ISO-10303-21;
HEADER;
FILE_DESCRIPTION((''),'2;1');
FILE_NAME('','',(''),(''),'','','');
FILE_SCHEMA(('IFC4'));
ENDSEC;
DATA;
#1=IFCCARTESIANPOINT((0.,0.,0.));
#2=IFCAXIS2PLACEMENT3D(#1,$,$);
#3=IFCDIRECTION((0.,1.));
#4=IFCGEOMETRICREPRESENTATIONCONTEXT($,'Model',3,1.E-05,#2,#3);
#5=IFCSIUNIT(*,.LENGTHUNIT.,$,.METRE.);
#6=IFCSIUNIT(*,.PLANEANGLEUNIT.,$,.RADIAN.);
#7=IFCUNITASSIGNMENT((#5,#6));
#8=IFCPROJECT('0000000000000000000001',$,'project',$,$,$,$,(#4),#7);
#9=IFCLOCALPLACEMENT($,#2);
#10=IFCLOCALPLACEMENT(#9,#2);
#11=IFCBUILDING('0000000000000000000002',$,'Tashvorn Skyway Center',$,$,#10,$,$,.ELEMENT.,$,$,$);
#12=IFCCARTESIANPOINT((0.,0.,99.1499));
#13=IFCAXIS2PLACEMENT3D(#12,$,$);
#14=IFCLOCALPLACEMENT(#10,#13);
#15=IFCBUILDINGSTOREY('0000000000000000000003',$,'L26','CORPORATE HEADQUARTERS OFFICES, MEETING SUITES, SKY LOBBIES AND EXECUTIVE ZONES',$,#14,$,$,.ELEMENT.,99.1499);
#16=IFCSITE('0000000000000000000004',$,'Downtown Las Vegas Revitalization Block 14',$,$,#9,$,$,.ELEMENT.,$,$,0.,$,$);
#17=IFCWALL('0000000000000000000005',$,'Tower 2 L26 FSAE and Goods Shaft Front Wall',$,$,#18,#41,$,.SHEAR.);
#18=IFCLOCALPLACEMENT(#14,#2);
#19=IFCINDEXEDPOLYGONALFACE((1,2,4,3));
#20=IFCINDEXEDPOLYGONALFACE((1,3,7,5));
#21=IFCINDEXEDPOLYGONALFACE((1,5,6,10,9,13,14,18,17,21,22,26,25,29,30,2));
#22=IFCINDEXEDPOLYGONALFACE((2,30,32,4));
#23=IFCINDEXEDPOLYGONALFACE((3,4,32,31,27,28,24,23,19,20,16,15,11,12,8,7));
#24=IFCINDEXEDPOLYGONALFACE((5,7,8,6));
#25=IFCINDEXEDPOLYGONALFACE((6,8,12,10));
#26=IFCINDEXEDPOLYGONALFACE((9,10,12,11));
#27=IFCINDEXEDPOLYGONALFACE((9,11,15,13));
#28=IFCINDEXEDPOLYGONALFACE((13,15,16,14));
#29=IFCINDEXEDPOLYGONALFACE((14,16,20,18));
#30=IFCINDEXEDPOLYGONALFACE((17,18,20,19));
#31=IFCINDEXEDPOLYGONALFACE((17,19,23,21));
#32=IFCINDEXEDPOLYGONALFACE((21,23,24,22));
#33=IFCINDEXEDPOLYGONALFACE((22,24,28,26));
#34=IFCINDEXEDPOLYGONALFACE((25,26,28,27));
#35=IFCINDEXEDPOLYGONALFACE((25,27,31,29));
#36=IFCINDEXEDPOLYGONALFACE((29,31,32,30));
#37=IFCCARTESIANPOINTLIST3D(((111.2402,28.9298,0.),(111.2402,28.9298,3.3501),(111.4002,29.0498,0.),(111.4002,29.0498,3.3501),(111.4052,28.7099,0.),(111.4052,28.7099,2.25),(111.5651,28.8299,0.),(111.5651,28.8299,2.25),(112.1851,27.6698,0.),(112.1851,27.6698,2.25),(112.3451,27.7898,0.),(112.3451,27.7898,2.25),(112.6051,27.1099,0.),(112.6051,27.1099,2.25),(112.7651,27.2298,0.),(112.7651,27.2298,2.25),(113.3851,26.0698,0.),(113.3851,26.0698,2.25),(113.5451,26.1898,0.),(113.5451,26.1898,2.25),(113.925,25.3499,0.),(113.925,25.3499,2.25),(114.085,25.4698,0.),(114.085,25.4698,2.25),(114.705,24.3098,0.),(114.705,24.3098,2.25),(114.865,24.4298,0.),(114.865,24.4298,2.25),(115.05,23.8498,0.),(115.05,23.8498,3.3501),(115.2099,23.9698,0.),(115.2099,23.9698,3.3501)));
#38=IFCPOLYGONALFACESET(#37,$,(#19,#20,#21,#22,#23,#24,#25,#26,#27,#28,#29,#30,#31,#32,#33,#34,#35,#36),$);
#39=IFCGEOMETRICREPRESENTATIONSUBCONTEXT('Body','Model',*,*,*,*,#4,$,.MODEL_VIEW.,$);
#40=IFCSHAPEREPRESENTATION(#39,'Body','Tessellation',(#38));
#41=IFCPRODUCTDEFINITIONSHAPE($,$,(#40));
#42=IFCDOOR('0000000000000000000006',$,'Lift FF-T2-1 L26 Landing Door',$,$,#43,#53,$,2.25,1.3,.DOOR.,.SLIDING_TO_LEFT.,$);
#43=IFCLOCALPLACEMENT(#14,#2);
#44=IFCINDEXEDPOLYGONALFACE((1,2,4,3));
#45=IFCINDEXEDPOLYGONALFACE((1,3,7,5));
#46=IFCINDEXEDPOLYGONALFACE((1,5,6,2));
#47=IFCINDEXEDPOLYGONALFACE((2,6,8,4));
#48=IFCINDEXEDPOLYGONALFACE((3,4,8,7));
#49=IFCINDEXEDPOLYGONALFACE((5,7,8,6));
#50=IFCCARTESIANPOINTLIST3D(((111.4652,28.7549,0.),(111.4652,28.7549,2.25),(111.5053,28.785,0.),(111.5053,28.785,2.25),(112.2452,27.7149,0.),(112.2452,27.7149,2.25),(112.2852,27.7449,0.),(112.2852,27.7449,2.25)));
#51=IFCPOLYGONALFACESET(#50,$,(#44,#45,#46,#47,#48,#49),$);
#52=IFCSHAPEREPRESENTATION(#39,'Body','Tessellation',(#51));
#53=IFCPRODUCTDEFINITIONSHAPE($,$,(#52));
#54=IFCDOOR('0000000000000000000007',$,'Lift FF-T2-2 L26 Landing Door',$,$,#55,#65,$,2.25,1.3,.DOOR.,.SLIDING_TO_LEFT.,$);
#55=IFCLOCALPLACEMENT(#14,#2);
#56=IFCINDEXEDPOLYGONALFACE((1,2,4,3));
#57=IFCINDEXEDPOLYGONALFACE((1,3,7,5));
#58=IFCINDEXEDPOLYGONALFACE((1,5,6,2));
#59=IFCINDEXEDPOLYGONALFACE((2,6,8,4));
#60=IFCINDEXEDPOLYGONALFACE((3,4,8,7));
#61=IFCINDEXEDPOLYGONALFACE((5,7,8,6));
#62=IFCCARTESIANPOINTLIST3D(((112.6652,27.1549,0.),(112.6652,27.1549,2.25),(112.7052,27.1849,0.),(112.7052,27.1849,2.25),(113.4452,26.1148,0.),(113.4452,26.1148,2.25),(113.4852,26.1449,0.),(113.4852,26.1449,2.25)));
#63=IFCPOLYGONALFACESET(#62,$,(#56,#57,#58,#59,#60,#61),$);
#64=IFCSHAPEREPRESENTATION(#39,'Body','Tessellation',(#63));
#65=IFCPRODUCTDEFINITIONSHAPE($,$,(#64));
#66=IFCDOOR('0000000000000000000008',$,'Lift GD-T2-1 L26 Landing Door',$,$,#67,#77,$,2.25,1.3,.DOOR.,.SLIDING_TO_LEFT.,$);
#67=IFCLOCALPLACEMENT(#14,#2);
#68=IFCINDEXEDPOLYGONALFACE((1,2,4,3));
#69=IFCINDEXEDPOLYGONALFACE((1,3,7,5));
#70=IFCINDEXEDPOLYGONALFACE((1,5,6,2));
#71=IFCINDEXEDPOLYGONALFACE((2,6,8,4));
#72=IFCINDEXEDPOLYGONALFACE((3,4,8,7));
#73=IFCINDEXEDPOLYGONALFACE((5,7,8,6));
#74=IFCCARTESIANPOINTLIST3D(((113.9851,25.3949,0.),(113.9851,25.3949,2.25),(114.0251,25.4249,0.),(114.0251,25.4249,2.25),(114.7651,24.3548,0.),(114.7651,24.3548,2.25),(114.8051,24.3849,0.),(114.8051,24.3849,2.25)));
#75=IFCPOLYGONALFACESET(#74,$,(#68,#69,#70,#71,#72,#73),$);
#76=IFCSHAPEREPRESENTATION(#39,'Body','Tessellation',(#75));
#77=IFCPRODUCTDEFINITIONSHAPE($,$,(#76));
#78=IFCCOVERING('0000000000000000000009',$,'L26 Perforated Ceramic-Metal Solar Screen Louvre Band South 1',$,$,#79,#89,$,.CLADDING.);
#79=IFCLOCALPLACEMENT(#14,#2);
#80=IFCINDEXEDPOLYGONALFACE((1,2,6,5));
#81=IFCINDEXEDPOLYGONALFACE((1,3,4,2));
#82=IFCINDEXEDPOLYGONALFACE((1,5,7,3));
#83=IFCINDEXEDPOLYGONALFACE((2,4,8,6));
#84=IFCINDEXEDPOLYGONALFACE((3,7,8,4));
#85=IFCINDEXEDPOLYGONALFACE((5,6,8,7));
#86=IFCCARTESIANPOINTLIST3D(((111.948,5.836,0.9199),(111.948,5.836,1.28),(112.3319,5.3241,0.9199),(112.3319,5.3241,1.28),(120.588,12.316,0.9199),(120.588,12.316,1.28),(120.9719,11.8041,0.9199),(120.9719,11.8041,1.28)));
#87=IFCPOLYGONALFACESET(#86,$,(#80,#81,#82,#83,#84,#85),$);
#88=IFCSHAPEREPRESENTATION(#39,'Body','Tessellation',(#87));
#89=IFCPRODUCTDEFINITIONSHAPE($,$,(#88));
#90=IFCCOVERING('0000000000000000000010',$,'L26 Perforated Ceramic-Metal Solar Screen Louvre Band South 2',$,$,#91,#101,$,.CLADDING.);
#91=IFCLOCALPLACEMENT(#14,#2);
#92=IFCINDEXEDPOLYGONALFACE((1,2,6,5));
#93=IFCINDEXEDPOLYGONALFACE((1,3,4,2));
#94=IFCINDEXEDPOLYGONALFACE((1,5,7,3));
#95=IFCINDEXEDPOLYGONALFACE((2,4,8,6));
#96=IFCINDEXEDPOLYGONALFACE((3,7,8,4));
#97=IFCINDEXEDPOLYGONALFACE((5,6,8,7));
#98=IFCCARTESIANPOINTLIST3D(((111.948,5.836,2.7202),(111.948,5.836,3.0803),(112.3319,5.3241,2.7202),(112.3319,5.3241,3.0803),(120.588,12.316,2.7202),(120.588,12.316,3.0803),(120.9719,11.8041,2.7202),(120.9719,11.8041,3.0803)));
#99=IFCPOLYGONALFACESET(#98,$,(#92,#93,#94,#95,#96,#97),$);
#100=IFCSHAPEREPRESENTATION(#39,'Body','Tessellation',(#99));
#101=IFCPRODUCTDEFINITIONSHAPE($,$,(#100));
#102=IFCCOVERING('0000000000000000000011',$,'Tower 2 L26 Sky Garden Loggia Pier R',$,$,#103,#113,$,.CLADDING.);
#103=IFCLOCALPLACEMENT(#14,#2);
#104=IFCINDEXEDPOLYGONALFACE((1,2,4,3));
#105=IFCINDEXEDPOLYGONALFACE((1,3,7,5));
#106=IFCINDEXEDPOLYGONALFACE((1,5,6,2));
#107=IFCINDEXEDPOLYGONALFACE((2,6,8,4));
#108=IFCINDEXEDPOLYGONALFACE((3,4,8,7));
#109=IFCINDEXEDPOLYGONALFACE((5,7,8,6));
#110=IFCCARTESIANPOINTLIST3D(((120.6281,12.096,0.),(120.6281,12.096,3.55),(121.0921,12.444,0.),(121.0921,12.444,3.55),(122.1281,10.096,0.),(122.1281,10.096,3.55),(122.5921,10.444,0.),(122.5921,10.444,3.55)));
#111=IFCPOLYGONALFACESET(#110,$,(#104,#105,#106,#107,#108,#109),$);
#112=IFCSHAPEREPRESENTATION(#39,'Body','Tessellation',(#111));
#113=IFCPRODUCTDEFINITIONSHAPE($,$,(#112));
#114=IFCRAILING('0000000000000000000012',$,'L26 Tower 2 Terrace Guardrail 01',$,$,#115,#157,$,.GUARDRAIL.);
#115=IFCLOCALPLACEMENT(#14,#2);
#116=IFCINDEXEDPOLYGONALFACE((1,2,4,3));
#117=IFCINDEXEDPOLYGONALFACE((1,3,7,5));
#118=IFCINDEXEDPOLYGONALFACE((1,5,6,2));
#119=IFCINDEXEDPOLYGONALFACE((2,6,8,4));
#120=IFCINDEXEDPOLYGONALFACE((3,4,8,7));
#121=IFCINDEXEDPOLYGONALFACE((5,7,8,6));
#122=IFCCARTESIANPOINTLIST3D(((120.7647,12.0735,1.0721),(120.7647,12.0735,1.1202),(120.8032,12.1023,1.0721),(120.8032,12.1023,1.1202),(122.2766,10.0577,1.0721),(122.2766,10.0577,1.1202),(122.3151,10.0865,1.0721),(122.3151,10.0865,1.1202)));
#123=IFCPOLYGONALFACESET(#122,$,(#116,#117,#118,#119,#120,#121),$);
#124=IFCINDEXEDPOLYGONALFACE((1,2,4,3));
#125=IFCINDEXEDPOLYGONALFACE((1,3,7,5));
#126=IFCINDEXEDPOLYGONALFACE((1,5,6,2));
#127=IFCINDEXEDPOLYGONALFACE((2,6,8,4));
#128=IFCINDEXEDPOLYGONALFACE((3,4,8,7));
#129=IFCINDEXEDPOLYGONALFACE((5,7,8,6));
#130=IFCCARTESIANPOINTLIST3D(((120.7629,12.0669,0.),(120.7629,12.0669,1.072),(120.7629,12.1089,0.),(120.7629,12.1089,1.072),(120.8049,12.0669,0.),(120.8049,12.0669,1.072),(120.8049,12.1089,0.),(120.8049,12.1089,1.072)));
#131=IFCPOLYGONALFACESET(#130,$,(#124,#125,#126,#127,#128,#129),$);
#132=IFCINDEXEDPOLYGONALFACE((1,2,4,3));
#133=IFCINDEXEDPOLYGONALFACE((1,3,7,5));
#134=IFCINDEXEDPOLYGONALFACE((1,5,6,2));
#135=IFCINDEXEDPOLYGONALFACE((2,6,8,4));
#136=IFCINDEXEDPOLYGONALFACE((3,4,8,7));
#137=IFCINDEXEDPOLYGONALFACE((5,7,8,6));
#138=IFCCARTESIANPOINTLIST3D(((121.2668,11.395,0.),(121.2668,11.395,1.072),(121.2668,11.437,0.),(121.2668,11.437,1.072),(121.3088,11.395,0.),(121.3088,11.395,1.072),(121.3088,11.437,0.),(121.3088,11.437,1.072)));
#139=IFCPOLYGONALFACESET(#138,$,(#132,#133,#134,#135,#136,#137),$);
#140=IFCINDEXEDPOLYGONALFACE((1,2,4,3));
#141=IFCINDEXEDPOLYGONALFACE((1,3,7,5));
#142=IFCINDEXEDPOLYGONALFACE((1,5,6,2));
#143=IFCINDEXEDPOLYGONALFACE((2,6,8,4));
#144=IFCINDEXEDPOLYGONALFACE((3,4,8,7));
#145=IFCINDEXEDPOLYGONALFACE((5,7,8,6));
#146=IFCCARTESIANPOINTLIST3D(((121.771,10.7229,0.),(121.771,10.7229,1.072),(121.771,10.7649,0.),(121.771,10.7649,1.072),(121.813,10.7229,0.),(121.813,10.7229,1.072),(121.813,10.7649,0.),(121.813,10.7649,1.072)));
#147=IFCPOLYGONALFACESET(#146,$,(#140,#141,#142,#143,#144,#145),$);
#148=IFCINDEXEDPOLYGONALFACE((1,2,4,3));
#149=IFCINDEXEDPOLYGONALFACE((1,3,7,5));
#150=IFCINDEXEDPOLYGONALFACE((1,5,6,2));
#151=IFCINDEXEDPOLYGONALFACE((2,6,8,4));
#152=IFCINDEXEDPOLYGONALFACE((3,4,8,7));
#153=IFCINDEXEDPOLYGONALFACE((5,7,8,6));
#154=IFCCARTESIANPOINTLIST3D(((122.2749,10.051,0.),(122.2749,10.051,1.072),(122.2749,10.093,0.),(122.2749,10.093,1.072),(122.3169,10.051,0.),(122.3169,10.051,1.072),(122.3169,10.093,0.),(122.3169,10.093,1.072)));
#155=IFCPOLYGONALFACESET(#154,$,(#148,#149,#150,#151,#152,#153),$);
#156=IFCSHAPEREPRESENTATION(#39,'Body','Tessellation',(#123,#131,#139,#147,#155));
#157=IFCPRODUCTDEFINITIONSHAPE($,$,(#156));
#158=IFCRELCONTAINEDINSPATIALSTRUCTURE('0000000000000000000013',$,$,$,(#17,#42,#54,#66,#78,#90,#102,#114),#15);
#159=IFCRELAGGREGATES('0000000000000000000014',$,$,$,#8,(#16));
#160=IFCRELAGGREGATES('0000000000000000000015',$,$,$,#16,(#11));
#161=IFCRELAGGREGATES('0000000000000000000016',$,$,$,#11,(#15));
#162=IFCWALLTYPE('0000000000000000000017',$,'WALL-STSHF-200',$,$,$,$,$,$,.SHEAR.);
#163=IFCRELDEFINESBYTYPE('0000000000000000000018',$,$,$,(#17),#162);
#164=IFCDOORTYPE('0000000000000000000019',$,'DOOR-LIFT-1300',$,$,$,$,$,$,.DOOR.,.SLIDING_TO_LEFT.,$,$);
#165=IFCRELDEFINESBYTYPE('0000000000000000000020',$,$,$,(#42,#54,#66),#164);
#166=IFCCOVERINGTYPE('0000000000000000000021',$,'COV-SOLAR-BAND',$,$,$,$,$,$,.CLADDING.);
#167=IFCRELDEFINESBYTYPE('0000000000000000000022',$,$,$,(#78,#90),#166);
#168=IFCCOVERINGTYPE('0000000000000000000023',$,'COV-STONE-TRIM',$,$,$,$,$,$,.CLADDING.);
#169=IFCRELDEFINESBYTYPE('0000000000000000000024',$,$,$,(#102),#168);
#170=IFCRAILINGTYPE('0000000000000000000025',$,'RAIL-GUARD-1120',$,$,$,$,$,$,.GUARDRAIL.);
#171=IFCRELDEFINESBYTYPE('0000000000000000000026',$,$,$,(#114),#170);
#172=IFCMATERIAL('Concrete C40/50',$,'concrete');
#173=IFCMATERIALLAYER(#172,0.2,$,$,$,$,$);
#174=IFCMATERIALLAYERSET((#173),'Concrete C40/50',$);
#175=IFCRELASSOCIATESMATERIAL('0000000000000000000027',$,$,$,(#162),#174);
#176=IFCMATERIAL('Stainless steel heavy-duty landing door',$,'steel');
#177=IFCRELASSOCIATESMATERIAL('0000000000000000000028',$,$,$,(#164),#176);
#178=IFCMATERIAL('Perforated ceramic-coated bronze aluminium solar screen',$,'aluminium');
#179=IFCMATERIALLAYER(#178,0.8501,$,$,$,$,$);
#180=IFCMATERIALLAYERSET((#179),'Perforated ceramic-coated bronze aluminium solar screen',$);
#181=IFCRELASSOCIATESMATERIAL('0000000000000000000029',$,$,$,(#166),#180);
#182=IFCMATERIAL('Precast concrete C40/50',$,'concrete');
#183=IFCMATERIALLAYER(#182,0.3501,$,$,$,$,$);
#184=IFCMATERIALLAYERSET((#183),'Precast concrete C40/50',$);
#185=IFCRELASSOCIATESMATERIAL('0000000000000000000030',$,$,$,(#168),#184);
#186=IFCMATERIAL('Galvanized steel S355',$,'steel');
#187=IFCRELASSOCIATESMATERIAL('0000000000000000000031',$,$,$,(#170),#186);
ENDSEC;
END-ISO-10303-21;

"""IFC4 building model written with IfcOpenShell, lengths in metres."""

from ifc_helpers import new_model, si_unit, direction, frame, frame_2d, origin, origin_2d, place, context, subcontext, project, spatial, rectangle, extrude, material, layer, layer_set, type_object, element, fill, save


model = new_model("IFC4")

# Units and contexts
model_context = context("Model", 3, precision=1e-05, world=origin(), true_north=direction((0.0, 1.0)))
body_context = subcontext(model_context, "Body", "Model", "MODEL_VIEW")
ifc_project = project(units=[si_unit("LENGTHUNIT", "METRE"), si_unit("PLANEANGLEUNIT", "RADIAN")], contexts=[model_context])

# Site, building, storey
site_placement = place(None, origin())
site = spatial("IfcSite", under=ifc_project, at=site_placement, Name="Downtown Las Vegas Revitalization Block 14", CompositionType="ELEMENT", RefElevation=0.0)
building_placement = place(site_placement, origin())
building = spatial("IfcBuilding", under=site, at=building_placement, Name="Tashvorn Skyway Center", CompositionType="ELEMENT")
storey_placement = place(building_placement, frame((0.0, 0.0, 99.1499)))
storey = spatial("IfcBuildingStorey", under=building, at=storey_placement, Name="L26", Description="CORPORATE HEADQUARTERS OFFICES, MEETING SUITES, SKY LOBBIES AND EXECUTIVE ZONES", CompositionType="ELEMENT", Elevation=99.1499)

# Wall, openings, doors
ifc_material_1 = material(Name="Concrete C40/50", Category="concrete")
ifc_layer_1 = layer(ifc_material_1, 0.2)
ifc_layer_set_1 = layer_set([ifc_layer_1], Name="Concrete C40/50")
wall_type = type_object("IfcWallType", Name="WALL-STSHF-200", PredefinedType="SHEAR", material=ifc_layer_set_1)
wall_placement = place(storey_placement, frame((115.1299, 23.9099, 0.0), z_axis=(0.0, 0.0, 1.0), x_axis=(-0.599975, 0.800018, 0.0)))
wall = element("IfcWall", 1, at=wall_placement, inside=storey, type_object=wall_type, Name="Tower 2 L26 FSAE and Goods Shaft Front Wall", PredefinedType="SHEAR", context=body_context, shape_type="SweptSolid", body=[
    extrude(rectangle(XDim=6.3499, YDim=0.2, at=frame_2d((3.1748, 0.0))), origin(), (0.0, 0.0, 1.0), 3.3501),
])
opening_1_placement = place(wall_placement, frame((4.7749, 0.0, 0.0)))
opening_1 = element("IfcOpeningElement", 2, at=opening_1_placement, cuts=wall, PredefinedType="OPENING", context=body_context, shape_type="SweptSolid", body=[
    extrude(rectangle(XDim=1.3, YDim=2.25, at=frame_2d((0.6499, 1.125))), frame((0.0, 0.1099, 0.0), z_axis=(0.0, -1.0, 0.0), x_axis=(1.0, 0.0, 0.0)), (0.0, 0.0, 1.0), 0.22),
])
opening_2_placement = place(wall_placement, frame((2.7749, 0.0, 0.0)))
opening_2 = element("IfcOpeningElement", 3, at=opening_2_placement, cuts=wall, PredefinedType="OPENING", context=body_context, shape_type="SweptSolid", body=[
    extrude(rectangle(XDim=1.3, YDim=2.25, at=frame_2d((0.6499, 1.125))), frame((0.0, 0.1099, 0.0), z_axis=(0.0, -1.0, 0.0), x_axis=(1.0, 0.0, 0.0)), (0.0, 0.0, 1.0), 0.22),
])
opening_3_placement = place(wall_placement, frame((0.575, 0.0, 0.0)))
opening_3 = element("IfcOpeningElement", 4, at=opening_3_placement, cuts=wall, PredefinedType="OPENING", context=body_context, shape_type="SweptSolid", body=[
    extrude(rectangle(XDim=1.3, YDim=2.25, at=frame_2d((0.6499, 1.125))), frame((0.0, 0.1099, 0.0), z_axis=(0.0, -1.0, 0.0), x_axis=(1.0, 0.0, 0.0)), (0.0, 0.0, 1.0), 0.22),
])
ifc_material_2 = material(Name="Stainless steel heavy-duty landing door", Category="steel")
door_type = type_object("IfcDoorType", Name="DOOR-LIFT-1300", OperationType="SLIDING_TO_LEFT", PredefinedType="DOOR", material=ifc_material_2)
door_1_placement = place(opening_1_placement, origin())
door_1 = element("IfcDoor", 5, at=door_1_placement, inside=storey, type_object=door_type, Name="Lift FF-T2-1 L26 Landing Door", OperationType="SLIDING_TO_LEFT", OverallHeight=2.25, OverallWidth=1.3, PredefinedType="DOOR", context=body_context, shape_type="SweptSolid", body=[
    extrude(rectangle(XDim=1.3, YDim=2.25, at=frame_2d((0.6499, 1.125))), frame((0.0, 0.0249, 0.0), z_axis=(0.0, -1.0, 0.0), x_axis=(1.0, 0.0, 0.0)), (0.0, 0.0, 1.0), 0.05),
])
fill(opening_1, door_1)
door_2_placement = place(opening_2_placement, origin())
door_2 = element("IfcDoor", 6, at=door_2_placement, inside=storey, type_object=door_type, Name="Lift FF-T2-2 L26 Landing Door", OperationType="SLIDING_TO_LEFT", OverallHeight=2.25, OverallWidth=1.3, PredefinedType="DOOR", context=body_context, shape_type="SweptSolid", body=[
    extrude(rectangle(XDim=1.3, YDim=2.25, at=frame_2d((0.6499, 1.125))), frame((0.0, 0.0249, 0.0), z_axis=(0.0, -1.0, 0.0), x_axis=(1.0, 0.0, 0.0)), (0.0, 0.0, 1.0), 0.05),
])
fill(opening_2, door_2)
door_3_placement = place(opening_3_placement, origin())
door_3 = element("IfcDoor", 7, at=door_3_placement, inside=storey, type_object=door_type, Name="Lift GD-T2-1 L26 Landing Door", OperationType="SLIDING_TO_LEFT", OverallHeight=2.25, OverallWidth=1.3, PredefinedType="DOOR", context=body_context, shape_type="SweptSolid", body=[
    extrude(rectangle(XDim=1.3, YDim=2.25, at=frame_2d((0.6499, 1.125))), frame((0.0, 0.0249, 0.0), z_axis=(0.0, -1.0, 0.0), x_axis=(1.0, 0.0, 0.0)), (0.0, 0.0, 1.0), 0.05),
])
fill(opening_3, door_3)

# Coverings
ifc_material_3 = material(Name="Perforated ceramic-coated bronze aluminium solar screen", Category="aluminium")
ifc_layer_2 = layer(ifc_material_3, 0.8501)
ifc_layer_set_2 = layer_set([ifc_layer_2], Name="Perforated ceramic-coated bronze aluminium solar screen")
covering_type_1 = type_object("IfcCoveringType", Name="COV-SOLAR-BAND", PredefinedType="CLADDING", material=ifc_layer_set_2)
for number, where, z_axis, x_axis, name in (
    (8, (116.46, 8.8201, 0.9199), (0.0, 0.0, 1.0), (-0.8, -0.6, 0.0), "L26 Perforated Ceramic-Metal Solar Screen Louvre Band South 1"),
    (9, (116.46, 8.8201, 2.7202), (0.0, 0.0, 1.0), (-0.8, -0.6, 0.0), "L26 Perforated Ceramic-Metal Solar Screen Louvre Band South 2"),
):
    element("IfcCovering", number, at=place(storey_placement, frame(where, z_axis=z_axis, x_axis=x_axis)), inside=storey, type_object=covering_type_1, Name=name, PredefinedType="CLADDING", context=body_context, shape_type="SweptSolid", body=[
        extrude(rectangle(XDim=10.8, YDim=0.6399, at=origin_2d()), origin(), (0.0, 0.0, 1.0), 0.3601),
    ])
ifc_material_4 = material(Name="Precast concrete C40/50", Category="concrete")
ifc_layer_3 = layer(ifc_material_4, 0.3501)
ifc_layer_set_3 = layer_set([ifc_layer_3], Name="Precast concrete C40/50")
covering_type_2 = type_object("IfcCoveringType", Name="COV-STONE-TRIM", PredefinedType="CLADDING", material=ifc_layer_set_3)
covering_placement = place(storey_placement, frame((121.6101, 11.27, 0.0), z_axis=(0.0, 0.0, 1.0), x_axis=(-0.8, -0.6, 0.0)))
element("IfcCovering", 10, at=covering_placement, inside=storey, type_object=covering_type_2, Name="Tower 2 L26 Sky Garden Loggia Pier R", PredefinedType="CLADDING", context=body_context, shape_type="SweptSolid", body=[
    extrude(rectangle(XDim=0.5801, YDim=2.5, at=origin_2d()), origin(), (0.0, 0.0, 1.0), 3.55),
])

# Railing
ifc_material_5 = material(Name="Galvanized steel S355", Category="steel")
railing_type = type_object("IfcRailingType", Name="RAIL-GUARD-1120", PredefinedType="GUARDRAIL", material=ifc_material_5)
railing_1_placement = place(storey_placement, frame((120.7839, 12.0879, 0.0)))
element("IfcRailing", 11, at=railing_1_placement, inside=storey, type_object=railing_type, Name="L26 Tower 2 Terrace Guardrail 01", PredefinedType="GUARDRAIL", context=body_context, shape_type="SweptSolid", body=[
    extrude(rectangle(XDim=0.0481, YDim=0.0481, at=origin_2d()), frame((0.0, 0.0, 1.0962), z_axis=(0.600016, -0.799988, 0.0), x_axis=(0.799988, 0.600016, 0.0)), (0.0, 0.0, 1.0), 2.5198),
    extrude(rectangle(XDim=0.042, YDim=0.042, at=origin_2d()), origin(), (0.0, 0.0, 1.0), 1.072),
    extrude(rectangle(XDim=0.042, YDim=0.042, at=origin_2d()), frame((0.5039, -0.6719, 0.0)), (0.0, 0.0, 1.0), 1.072),
    extrude(rectangle(XDim=0.042, YDim=0.042, at=origin_2d()), frame((1.0081, -1.344, 0.0)), (0.0, 0.0, 1.0), 1.072),
    extrude(rectangle(XDim=0.042, YDim=0.042, at=origin_2d()), frame((1.512, -2.0159, 0.0)), (0.0, 0.0, 1.0), 1.072),
])

save(model, "model.ifc")
